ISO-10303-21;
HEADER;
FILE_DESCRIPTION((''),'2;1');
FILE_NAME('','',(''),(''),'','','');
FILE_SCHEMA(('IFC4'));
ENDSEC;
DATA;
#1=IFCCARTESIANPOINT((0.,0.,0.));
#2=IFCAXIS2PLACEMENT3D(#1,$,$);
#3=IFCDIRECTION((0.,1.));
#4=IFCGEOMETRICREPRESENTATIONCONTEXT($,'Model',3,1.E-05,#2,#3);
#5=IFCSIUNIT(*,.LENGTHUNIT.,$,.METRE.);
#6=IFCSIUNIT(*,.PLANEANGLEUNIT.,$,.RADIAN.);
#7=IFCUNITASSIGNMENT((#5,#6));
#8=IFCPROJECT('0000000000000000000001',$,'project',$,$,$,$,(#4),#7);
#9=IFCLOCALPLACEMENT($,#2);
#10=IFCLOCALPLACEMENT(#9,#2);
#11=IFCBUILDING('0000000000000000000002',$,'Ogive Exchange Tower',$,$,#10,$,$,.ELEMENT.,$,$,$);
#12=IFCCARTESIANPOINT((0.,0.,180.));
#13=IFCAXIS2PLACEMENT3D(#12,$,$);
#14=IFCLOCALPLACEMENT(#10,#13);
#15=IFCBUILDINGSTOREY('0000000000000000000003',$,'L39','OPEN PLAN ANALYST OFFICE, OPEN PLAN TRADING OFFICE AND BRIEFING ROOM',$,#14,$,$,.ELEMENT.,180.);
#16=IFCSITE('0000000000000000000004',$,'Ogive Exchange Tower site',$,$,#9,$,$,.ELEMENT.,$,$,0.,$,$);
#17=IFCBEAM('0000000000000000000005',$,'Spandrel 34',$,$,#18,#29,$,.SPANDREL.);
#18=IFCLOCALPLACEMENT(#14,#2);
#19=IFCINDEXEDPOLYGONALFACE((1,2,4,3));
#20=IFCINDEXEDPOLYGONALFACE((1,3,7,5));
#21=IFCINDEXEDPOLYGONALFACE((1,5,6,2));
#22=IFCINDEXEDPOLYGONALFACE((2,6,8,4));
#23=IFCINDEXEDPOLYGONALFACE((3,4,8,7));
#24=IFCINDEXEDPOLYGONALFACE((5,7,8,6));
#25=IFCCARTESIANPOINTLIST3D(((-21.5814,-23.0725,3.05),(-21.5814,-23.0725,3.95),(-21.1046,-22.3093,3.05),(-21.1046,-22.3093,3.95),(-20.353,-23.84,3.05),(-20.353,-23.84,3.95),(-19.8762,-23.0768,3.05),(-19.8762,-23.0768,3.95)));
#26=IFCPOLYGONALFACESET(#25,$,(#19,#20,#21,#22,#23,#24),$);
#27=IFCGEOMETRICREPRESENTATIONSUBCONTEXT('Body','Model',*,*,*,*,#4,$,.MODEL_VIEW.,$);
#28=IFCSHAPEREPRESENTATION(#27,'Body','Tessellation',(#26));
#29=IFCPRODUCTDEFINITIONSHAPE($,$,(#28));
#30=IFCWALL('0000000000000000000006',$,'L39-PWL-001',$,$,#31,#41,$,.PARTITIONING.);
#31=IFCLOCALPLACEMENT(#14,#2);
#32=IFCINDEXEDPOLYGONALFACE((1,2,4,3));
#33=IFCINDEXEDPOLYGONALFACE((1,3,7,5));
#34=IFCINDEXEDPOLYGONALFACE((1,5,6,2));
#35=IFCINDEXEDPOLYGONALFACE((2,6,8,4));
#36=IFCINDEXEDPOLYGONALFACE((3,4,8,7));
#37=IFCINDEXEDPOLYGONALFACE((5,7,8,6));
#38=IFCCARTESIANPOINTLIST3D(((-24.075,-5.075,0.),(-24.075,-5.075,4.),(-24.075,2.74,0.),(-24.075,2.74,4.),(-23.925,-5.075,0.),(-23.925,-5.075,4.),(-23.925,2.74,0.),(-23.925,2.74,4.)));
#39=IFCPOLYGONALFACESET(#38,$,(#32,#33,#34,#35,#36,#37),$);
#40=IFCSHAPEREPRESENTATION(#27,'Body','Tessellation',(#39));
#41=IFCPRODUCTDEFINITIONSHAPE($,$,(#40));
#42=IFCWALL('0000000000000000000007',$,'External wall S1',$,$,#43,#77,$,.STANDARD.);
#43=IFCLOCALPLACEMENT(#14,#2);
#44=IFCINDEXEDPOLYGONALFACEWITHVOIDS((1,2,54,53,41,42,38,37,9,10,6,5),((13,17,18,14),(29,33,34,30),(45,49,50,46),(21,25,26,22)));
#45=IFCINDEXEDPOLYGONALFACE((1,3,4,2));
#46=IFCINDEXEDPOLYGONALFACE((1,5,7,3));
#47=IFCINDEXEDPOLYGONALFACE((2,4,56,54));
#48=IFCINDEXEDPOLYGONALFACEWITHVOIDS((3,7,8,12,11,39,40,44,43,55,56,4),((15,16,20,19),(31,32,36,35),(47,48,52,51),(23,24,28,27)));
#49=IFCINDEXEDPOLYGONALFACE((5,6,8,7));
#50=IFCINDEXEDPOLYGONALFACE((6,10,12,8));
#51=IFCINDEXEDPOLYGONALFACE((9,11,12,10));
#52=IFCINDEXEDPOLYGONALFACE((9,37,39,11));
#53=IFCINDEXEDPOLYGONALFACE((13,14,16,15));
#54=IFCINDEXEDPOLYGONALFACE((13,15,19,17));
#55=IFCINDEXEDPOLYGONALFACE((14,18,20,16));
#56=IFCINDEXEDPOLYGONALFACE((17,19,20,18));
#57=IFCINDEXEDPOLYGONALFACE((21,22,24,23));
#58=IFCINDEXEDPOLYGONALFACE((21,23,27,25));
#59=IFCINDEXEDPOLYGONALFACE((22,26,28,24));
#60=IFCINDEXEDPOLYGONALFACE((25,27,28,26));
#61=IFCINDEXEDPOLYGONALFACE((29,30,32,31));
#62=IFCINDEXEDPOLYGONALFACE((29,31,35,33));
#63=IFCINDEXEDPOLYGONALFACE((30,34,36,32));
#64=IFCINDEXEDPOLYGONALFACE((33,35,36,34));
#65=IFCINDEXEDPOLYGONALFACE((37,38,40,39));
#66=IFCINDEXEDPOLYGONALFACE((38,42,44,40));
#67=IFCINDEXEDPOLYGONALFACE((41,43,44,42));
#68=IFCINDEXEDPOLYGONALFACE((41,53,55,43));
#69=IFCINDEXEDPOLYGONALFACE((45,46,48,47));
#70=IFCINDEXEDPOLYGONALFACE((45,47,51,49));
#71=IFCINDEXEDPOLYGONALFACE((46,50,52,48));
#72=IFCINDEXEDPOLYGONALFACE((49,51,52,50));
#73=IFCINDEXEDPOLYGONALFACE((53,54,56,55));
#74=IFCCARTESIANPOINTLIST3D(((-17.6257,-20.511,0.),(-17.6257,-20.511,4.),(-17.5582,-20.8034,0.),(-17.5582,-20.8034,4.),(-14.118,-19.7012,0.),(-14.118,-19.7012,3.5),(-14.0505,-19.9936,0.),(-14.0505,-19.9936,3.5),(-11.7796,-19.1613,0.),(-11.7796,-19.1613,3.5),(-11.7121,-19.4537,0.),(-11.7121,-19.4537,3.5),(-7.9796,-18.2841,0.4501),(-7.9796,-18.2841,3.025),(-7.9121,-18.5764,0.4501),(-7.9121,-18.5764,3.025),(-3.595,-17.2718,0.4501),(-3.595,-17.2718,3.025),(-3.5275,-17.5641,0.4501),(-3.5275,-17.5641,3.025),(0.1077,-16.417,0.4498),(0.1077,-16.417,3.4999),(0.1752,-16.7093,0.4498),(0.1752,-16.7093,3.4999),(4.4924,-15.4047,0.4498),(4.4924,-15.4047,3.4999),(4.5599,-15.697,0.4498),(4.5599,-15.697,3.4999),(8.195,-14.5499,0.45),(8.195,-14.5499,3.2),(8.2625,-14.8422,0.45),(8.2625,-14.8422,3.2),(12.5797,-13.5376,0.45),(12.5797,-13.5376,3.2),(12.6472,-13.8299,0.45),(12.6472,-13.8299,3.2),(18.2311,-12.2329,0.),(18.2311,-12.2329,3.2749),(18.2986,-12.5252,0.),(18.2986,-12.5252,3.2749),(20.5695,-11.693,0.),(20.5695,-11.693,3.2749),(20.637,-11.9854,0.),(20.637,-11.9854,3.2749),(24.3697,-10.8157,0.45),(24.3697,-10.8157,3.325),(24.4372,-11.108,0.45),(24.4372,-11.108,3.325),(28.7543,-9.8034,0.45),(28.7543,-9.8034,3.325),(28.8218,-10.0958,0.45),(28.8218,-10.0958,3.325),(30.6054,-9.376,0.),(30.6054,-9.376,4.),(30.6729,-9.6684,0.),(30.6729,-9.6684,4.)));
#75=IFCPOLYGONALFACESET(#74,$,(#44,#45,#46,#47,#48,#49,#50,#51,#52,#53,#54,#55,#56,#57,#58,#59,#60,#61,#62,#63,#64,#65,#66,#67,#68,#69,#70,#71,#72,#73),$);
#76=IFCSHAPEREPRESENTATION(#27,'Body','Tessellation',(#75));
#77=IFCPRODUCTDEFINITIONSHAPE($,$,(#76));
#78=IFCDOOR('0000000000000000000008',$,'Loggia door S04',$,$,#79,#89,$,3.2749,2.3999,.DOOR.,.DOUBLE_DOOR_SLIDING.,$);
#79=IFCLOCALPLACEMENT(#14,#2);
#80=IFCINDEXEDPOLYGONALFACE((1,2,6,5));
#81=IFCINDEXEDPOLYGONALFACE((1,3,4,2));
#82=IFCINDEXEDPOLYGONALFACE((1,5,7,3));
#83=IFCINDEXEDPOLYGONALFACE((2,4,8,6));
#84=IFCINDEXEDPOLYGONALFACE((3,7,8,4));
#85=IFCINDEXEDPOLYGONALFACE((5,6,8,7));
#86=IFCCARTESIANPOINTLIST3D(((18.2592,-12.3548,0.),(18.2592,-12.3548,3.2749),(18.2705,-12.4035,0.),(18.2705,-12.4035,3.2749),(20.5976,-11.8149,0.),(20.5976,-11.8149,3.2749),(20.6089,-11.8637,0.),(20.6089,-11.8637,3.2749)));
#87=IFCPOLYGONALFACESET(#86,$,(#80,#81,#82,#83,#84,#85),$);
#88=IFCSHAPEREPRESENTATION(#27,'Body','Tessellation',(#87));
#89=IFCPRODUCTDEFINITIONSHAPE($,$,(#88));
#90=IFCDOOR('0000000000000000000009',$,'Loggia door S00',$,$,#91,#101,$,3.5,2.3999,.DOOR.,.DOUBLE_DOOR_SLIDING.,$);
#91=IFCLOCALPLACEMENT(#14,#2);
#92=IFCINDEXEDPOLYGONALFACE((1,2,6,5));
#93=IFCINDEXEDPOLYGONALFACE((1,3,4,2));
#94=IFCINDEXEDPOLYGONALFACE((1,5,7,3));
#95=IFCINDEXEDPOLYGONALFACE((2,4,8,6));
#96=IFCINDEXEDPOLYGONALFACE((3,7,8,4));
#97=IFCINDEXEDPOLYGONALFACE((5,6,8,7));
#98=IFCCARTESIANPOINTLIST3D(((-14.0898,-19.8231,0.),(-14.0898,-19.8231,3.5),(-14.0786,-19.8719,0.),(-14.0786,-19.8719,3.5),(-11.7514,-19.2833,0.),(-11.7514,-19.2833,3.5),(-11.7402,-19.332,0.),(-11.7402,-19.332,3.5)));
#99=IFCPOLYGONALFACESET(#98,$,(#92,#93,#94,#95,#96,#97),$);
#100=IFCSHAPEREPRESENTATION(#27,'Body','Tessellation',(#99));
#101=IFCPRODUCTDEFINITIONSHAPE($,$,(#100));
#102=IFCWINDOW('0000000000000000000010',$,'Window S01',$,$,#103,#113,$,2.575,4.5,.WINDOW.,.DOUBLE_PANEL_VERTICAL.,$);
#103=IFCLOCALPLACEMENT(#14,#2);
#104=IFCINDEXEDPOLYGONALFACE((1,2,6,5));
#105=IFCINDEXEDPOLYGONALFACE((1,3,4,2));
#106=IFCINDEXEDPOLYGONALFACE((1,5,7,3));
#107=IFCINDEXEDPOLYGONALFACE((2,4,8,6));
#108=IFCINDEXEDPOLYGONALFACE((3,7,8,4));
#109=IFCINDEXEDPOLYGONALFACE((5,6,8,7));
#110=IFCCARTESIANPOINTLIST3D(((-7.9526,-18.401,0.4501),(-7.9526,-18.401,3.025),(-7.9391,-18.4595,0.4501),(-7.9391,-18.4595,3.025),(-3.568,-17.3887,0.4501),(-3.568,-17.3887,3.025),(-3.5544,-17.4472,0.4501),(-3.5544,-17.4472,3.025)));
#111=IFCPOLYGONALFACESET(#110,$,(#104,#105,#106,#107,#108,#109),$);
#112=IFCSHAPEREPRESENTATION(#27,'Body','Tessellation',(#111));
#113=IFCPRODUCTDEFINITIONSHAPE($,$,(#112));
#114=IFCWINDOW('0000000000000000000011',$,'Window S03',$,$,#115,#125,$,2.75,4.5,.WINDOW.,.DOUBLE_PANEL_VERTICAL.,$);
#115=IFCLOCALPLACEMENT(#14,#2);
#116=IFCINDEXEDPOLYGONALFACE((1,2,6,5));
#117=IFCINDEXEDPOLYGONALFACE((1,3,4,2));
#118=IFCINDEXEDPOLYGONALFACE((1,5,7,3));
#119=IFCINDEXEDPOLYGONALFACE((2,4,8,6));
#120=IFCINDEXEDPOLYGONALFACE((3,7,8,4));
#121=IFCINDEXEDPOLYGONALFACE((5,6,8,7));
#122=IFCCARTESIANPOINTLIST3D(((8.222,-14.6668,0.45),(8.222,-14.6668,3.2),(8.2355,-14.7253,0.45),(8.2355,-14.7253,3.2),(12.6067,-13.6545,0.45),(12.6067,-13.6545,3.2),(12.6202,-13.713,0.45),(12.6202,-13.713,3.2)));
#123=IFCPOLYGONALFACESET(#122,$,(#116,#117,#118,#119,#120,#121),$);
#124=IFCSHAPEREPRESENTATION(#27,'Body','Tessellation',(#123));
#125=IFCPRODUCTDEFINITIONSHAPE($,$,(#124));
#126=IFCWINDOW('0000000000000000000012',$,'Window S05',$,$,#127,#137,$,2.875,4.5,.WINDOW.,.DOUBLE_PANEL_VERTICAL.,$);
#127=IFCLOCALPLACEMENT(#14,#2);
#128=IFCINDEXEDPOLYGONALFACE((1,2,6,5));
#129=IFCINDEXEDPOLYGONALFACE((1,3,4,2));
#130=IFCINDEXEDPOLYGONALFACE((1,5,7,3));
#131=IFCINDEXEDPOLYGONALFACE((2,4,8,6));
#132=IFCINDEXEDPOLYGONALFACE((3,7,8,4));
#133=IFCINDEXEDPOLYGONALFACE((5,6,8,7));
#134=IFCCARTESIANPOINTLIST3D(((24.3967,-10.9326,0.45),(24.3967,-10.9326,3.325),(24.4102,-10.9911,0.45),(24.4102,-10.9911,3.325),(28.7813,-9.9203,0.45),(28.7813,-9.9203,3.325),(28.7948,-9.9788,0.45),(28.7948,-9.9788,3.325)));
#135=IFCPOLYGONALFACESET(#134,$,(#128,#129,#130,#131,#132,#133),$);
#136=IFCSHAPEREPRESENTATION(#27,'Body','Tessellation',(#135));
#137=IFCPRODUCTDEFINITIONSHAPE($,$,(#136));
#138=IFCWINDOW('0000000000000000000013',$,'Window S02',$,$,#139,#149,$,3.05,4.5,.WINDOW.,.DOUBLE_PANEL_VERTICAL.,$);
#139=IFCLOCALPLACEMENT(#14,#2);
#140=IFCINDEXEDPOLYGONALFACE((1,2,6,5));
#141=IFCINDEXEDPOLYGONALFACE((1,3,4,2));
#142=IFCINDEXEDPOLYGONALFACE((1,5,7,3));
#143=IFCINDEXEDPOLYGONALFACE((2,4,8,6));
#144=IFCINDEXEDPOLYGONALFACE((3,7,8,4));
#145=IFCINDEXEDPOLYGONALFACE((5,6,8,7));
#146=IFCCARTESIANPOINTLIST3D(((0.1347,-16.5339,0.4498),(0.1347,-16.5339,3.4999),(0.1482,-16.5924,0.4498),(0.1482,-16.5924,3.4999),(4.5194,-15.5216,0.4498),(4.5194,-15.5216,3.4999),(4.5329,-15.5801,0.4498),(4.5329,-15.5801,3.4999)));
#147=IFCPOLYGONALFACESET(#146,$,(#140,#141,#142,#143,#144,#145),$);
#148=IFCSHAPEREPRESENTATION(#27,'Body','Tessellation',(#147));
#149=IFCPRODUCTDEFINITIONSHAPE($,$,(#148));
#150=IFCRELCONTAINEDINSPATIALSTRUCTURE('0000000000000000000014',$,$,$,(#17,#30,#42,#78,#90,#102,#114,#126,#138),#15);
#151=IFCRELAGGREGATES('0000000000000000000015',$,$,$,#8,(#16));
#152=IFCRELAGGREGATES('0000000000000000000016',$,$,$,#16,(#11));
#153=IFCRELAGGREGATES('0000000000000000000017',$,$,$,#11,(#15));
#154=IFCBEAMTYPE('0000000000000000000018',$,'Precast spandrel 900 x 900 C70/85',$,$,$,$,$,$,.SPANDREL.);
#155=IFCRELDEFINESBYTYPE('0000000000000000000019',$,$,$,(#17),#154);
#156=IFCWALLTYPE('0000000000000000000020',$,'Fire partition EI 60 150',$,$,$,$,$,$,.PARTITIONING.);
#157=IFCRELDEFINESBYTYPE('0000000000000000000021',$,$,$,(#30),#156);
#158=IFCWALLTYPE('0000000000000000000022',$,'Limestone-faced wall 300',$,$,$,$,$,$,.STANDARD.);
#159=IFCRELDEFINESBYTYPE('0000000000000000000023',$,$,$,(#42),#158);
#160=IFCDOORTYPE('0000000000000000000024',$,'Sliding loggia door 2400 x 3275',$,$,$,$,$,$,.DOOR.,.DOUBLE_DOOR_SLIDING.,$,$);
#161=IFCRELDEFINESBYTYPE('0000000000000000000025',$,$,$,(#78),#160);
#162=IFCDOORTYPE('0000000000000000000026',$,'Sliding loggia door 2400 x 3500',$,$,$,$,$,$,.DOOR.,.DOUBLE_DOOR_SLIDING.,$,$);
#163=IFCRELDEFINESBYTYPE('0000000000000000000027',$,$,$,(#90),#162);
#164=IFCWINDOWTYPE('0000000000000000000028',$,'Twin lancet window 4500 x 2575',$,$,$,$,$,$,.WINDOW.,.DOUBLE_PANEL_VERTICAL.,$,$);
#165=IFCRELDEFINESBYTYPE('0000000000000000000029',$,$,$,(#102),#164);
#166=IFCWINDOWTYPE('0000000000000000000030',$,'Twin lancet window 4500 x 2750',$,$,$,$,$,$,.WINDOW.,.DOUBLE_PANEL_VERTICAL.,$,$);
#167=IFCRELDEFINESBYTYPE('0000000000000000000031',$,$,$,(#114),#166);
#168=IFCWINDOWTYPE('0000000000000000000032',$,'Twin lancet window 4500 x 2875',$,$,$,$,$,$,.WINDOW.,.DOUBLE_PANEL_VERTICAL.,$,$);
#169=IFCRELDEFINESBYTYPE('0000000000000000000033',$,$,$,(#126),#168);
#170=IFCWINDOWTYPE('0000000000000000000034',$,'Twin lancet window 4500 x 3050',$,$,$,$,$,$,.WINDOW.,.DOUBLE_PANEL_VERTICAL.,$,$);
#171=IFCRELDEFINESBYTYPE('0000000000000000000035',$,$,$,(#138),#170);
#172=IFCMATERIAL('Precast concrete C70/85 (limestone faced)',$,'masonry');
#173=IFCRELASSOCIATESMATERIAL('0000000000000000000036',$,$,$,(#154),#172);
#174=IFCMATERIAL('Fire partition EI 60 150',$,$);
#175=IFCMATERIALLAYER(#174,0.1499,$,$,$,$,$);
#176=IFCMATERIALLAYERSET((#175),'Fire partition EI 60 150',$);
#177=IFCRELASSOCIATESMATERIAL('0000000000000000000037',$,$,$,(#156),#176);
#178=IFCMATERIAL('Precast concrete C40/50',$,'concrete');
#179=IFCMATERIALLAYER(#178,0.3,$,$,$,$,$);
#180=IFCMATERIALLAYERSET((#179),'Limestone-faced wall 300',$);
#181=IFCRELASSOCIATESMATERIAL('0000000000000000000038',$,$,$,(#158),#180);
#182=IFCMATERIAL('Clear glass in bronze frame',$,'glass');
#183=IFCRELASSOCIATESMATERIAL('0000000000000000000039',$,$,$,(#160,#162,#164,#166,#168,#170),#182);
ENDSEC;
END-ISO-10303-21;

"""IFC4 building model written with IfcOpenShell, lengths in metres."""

from ifc_helpers import new_model, si_unit, direction, frame, frame_2d, origin, origin_2d, place, context, subcontext, project, spatial, rectangle, extrude, material, layer, layer_set, material_profile, profile_set, type_object, element, fill, save


model = new_model("IFC4")

# Units and contexts
model_context = context("Model", 3, precision=1e-05, world=origin(), true_north=direction((0.0, 1.0)))
body_context = subcontext(model_context, "Body", "Model", "MODEL_VIEW")
ifc_project = project(units=[si_unit("LENGTHUNIT", "METRE"), si_unit("PLANEANGLEUNIT", "RADIAN")], contexts=[model_context])

# Site, building, storey
site_placement = place(None, origin())
site = spatial("IfcSite", under=ifc_project, at=site_placement, Name="Ogive Exchange Tower site", CompositionType="ELEMENT", RefElevation=0.0)
building_placement = place(site_placement, origin())
building = spatial("IfcBuilding", under=site, at=building_placement, Name="Ogive Exchange Tower", CompositionType="ELEMENT")
storey_placement = place(building_placement, frame((0.0, 0.0, 180.0)))
storey = spatial("IfcBuildingStorey", under=building, at=storey_placement, Name="L39", Description="OPEN PLAN ANALYST OFFICE, OPEN PLAN TRADING OFFICE AND BRIEFING ROOM", CompositionType="ELEMENT", Elevation=180.0)

# Shared definitions
ifc_material_1 = material(Name="Precast concrete C70/85 (limestone faced)", Category="masonry")

# Beam
ifc_material_profile_1 = material_profile(ifc_material_1, rectangle(XDim=0.8999, YDim=0.8999, at=origin_2d()), Name="900 x 900")
ifc_profile_set_1 = profile_set([ifc_material_profile_1], Name="Precast concrete C70/85 (limestone faced)")
beam_type_1 = type_object("IfcBeamType", Name="Precast spandrel 900 x 900 C70/85", PredefinedType="SPANDREL", material=ifc_profile_set_1)
for number, where, z_axis, x_axis, name in (
    (1, (-21.343, -22.6909, 3.5), (0.848074, -0.529878, 0.0), (0.529878, 0.848074, 0.0), "Spandrel 34"),
):
    element("IfcBeam", number, at=place(storey_placement, frame(where, z_axis=z_axis, x_axis=x_axis)), inside=storey, type_object=beam_type_1, Name=name, PredefinedType="SPANDREL", context=body_context, shape_type="SweptSolid", body=[
        extrude(rectangle(XDim=0.8999, YDim=0.8999, at=origin_2d()), origin(), (0.0, 0.0, 1.0), 1.4485),
    ])

# Wall
ifc_material_2 = material(Name="Fire partition EI 60 150")
ifc_layer_1 = layer(ifc_material_2, 0.1499)
ifc_layer_set_1 = layer_set([ifc_layer_1], Name="Fire partition EI 60 150")
wall_type_1 = type_object("IfcWallType", Name="Fire partition EI 60 150", PredefinedType="PARTITIONING", material=ifc_layer_set_1)
wall_1_placement = place(storey_placement, frame((-24.0, -5.075, 0.0), z_axis=(0.0, 0.0, 1.0), x_axis=(0.0, 1.0, 0.0)))
element("IfcWall", 2, at=wall_1_placement, inside=storey, type_object=wall_type_1, Name="L39-PWL-001", PredefinedType="PARTITIONING", context=body_context, shape_type="SweptSolid", body=[
    extrude(rectangle(XDim=7.8149, YDim=0.1499, at=frame_2d((3.9075, 0.0))), origin(), (0.0, 0.0, 1.0), 4.0),
])

# Wall, openings, doors, windows
ifc_material_3 = material(Name="Precast concrete C40/50", Category="concrete")
ifc_layer_2 = layer(ifc_material_3, 0.3)
ifc_layer_set_2 = layer_set([ifc_layer_2], Name="Limestone-faced wall 300")
wall_type_2 = type_object("IfcWallType", Name="Limestone-faced wall 300", PredefinedType="STANDARD", material=ifc_layer_set_2)
wall_2_placement = place(storey_placement, frame((-17.592, -20.6572, 0.0), z_axis=(0.0, 0.0, 1.0), x_axis=(0.97437, 0.22495, 0.0)))
wall_2 = element("IfcWall", 3, at=wall_2_placement, inside=storey, type_object=wall_type_2, Name="External wall S1", PredefinedType="STANDARD", context=body_context, shape_type="SweptSolid", body=[
    extrude(rectangle(XDim=49.4998, YDim=0.3, at=frame_2d((24.75, 0.0))), origin(), (0.0, 0.0, 1.0), 4.0),
])
opening_1_placement = place(wall_2_placement, frame((3.6001, 0.0, 0.0)))
opening_1 = element("IfcOpeningElement", 4, at=opening_1_placement, cuts=wall_2, PredefinedType="OPENING", context=body_context, shape_type="SweptSolid", body=[
    extrude(rectangle(XDim=2.3999, YDim=3.5, at=frame_2d((1.2, 1.75))), frame((0.0, 0.1599, 0.0), z_axis=(0.0, -1.0, 0.0), x_axis=(1.0, 0.0, 0.0)), (0.0, 0.0, 1.0), 0.3201),
])
opening_2_placement = place(wall_2_placement, frame((9.8999, 0.0, 0.45)))
opening_2 = element("IfcOpeningElement", 5, at=opening_2_placement, cuts=wall_2, PredefinedType="OPENING", context=body_context, shape_type="SweptSolid", body=[
    extrude(rectangle(XDim=4.5, YDim=2.575, at=frame_2d((2.25, 1.2876))), frame((0.0, 0.1599, 0.0), z_axis=(0.0, -1.0, 0.0), x_axis=(1.0, 0.0, 0.0)), (0.0, 0.0, 1.0), 0.3201),
])
opening_3_placement = place(wall_2_placement, frame((18.2, 0.0, 0.45)))
opening_3 = element("IfcOpeningElement", 6, at=opening_3_placement, cuts=wall_2, PredefinedType="OPENING", context=body_context, shape_type="SweptSolid", body=[
    extrude(rectangle(XDim=4.5, YDim=3.05, at=frame_2d((2.25, 1.5249))), frame((0.0, 0.1599, 0.0), z_axis=(0.0, -1.0, 0.0), x_axis=(1.0, 0.0, 0.0)), (0.0, 0.0, 1.0), 0.3201),
])
opening_4_placement = place(wall_2_placement, frame((26.5, 0.0, 0.45)))
opening_4 = element("IfcOpeningElement", 7, at=opening_4_placement, cuts=wall_2, PredefinedType="OPENING", context=body_context, shape_type="SweptSolid", body=[
    extrude(rectangle(XDim=4.5, YDim=2.75, at=frame_2d((2.25, 1.375))), frame((0.0, 0.1599, 0.0), z_axis=(0.0, -1.0, 0.0), x_axis=(1.0, 0.0, 0.0)), (0.0, 0.0, 1.0), 0.3201),
])
opening_5_placement = place(wall_2_placement, frame((36.8, 0.0, 0.0)))
opening_5 = element("IfcOpeningElement", 8, at=opening_5_placement, cuts=wall_2, PredefinedType="OPENING", context=body_context, shape_type="SweptSolid", body=[
    extrude(rectangle(XDim=2.3999, YDim=3.2749, at=frame_2d((1.2, 1.6375))), frame((0.0, 0.1599, 0.0), z_axis=(0.0, -1.0, 0.0), x_axis=(1.0, 0.0, 0.0)), (0.0, 0.0, 1.0), 0.3201),
])
opening_6_placement = place(wall_2_placement, frame((43.1001, 0.0, 0.45)))
opening_6 = element("IfcOpeningElement", 9, at=opening_6_placement, cuts=wall_2, PredefinedType="OPENING", context=body_context, shape_type="SweptSolid", body=[
    extrude(rectangle(XDim=4.5, YDim=2.875, at=frame_2d((2.25, 1.4375))), frame((0.0, 0.1599, 0.0), z_axis=(0.0, -1.0, 0.0), x_axis=(1.0, 0.0, 0.0)), (0.0, 0.0, 1.0), 0.3201),
])
ifc_material_4 = material(Name="Clear glass in bronze frame", Category="glass")
door_type_1 = type_object("IfcDoorType", Name="Sliding loggia door 2400 x 3275", OperationType="DOUBLE_DOOR_SLIDING", PredefinedType="DOOR", material=ifc_material_4)
door_1_placement = place(opening_5_placement, origin())
door_1 = element("IfcDoor", 10, at=door_1_placement, inside=storey, type_object=door_type_1, Name="Loggia door S04", OperationType="DOUBLE_DOOR_SLIDING", OverallHeight=3.2749, OverallWidth=2.3999, PredefinedType="DOOR", context=body_context, shape_type="SweptSolid", body=[
    extrude(rectangle(XDim=2.3999, YDim=3.2749, at=frame_2d((1.2, 1.6375))), frame((0.0, 0.0249, 0.0), z_axis=(0.0, -1.0, 0.0), x_axis=(1.0, 0.0, 0.0)), (0.0, 0.0, 1.0), 0.05),
])
fill(opening_5, door_1)
door_type_2 = type_object("IfcDoorType", Name="Sliding loggia door 2400 x 3500", OperationType="DOUBLE_DOOR_SLIDING", PredefinedType="DOOR", material=ifc_material_4)
door_2_placement = place(opening_1_placement, origin())
door_2 = element("IfcDoor", 11, at=door_2_placement, inside=storey, type_object=door_type_2, Name="Loggia door S00", OperationType="DOUBLE_DOOR_SLIDING", OverallHeight=3.5, OverallWidth=2.3999, PredefinedType="DOOR", context=body_context, shape_type="SweptSolid", body=[
    extrude(rectangle(XDim=2.3999, YDim=3.5, at=frame_2d((1.2, 1.75))), frame((0.0, 0.0249, 0.0), z_axis=(0.0, -1.0, 0.0), x_axis=(1.0, 0.0, 0.0)), (0.0, 0.0, 1.0), 0.05),
])
fill(opening_1, door_2)
window_type_1 = type_object("IfcWindowType", Name="Twin lancet window 4500 x 2575", PartitioningType="DOUBLE_PANEL_VERTICAL", PredefinedType="WINDOW", material=ifc_material_4)
window_1_placement = place(opening_2_placement, origin())
window_1 = element("IfcWindow", 12, at=window_1_placement, inside=storey, type_object=window_type_1, Name="Window S01", OverallHeight=2.575, OverallWidth=4.5, PartitioningType="DOUBLE_PANEL_VERTICAL", PredefinedType="WINDOW", context=body_context, shape_type="SweptSolid", body=[
    extrude(rectangle(XDim=4.5, YDim=2.575, at=frame_2d((2.25, 1.2876))), frame((0.0, 0.03, 0.0), z_axis=(0.0, -1.0, 0.0), x_axis=(1.0, 0.0, 0.0)), (0.0, 0.0, 1.0), 0.0601),
])
fill(opening_2, window_1)
window_type_2 = type_object("IfcWindowType", Name="Twin lancet window 4500 x 2750", PartitioningType="DOUBLE_PANEL_VERTICAL", PredefinedType="WINDOW", material=ifc_material_4)
window_2_placement = place(opening_4_placement, origin())
window_2 = element("IfcWindow", 13, at=window_2_placement, inside=storey, type_object=window_type_2, Name="Window S03", OverallHeight=2.75, OverallWidth=4.5, PartitioningType="DOUBLE_PANEL_VERTICAL", PredefinedType="WINDOW", context=body_context, shape_type="SweptSolid", body=[
    extrude(rectangle(XDim=4.5, YDim=2.75, at=frame_2d((2.25, 1.375))), frame((0.0, 0.03, 0.0), z_axis=(0.0, -1.0, 0.0), x_axis=(1.0, 0.0, 0.0)), (0.0, 0.0, 1.0), 0.0601),
])
fill(opening_4, window_2)
window_type_3 = type_object("IfcWindowType", Name="Twin lancet window 4500 x 2875", PartitioningType="DOUBLE_PANEL_VERTICAL", PredefinedType="WINDOW", material=ifc_material_4)
window_3_placement = place(opening_6_placement, origin())
window_3 = element("IfcWindow", 14, at=window_3_placement, inside=storey, type_object=window_type_3, Name="Window S05", OverallHeight=2.875, OverallWidth=4.5, PartitioningType="DOUBLE_PANEL_VERTICAL", PredefinedType="WINDOW", context=body_context, shape_type="SweptSolid", body=[
    extrude(rectangle(XDim=4.5, YDim=2.875, at=frame_2d((2.25, 1.4375))), frame((0.0, 0.03, 0.0), z_axis=(0.0, -1.0, 0.0), x_axis=(1.0, 0.0, 0.0)), (0.0, 0.0, 1.0), 0.0601),
])
fill(opening_6, window_3)
window_type_4 = type_object("IfcWindowType", Name="Twin lancet window 4500 x 3050", PartitioningType="DOUBLE_PANEL_VERTICAL", PredefinedType="WINDOW", material=ifc_material_4)
window_4_placement = place(opening_3_placement, origin())
window_4 = element("IfcWindow", 15, at=window_4_placement, inside=storey, type_object=window_type_4, Name="Window S02", OverallHeight=3.05, OverallWidth=4.5, PartitioningType="DOUBLE_PANEL_VERTICAL", PredefinedType="WINDOW", context=body_context, shape_type="SweptSolid", body=[
    extrude(rectangle(XDim=4.5, YDim=3.05, at=frame_2d((2.25, 1.5249))), frame((0.0, 0.03, 0.0), z_axis=(0.0, -1.0, 0.0), x_axis=(1.0, 0.0, 0.0)), (0.0, 0.0, 1.0), 0.0601),
])
fill(opening_3, window_4)

save(model, "model.ifc")
